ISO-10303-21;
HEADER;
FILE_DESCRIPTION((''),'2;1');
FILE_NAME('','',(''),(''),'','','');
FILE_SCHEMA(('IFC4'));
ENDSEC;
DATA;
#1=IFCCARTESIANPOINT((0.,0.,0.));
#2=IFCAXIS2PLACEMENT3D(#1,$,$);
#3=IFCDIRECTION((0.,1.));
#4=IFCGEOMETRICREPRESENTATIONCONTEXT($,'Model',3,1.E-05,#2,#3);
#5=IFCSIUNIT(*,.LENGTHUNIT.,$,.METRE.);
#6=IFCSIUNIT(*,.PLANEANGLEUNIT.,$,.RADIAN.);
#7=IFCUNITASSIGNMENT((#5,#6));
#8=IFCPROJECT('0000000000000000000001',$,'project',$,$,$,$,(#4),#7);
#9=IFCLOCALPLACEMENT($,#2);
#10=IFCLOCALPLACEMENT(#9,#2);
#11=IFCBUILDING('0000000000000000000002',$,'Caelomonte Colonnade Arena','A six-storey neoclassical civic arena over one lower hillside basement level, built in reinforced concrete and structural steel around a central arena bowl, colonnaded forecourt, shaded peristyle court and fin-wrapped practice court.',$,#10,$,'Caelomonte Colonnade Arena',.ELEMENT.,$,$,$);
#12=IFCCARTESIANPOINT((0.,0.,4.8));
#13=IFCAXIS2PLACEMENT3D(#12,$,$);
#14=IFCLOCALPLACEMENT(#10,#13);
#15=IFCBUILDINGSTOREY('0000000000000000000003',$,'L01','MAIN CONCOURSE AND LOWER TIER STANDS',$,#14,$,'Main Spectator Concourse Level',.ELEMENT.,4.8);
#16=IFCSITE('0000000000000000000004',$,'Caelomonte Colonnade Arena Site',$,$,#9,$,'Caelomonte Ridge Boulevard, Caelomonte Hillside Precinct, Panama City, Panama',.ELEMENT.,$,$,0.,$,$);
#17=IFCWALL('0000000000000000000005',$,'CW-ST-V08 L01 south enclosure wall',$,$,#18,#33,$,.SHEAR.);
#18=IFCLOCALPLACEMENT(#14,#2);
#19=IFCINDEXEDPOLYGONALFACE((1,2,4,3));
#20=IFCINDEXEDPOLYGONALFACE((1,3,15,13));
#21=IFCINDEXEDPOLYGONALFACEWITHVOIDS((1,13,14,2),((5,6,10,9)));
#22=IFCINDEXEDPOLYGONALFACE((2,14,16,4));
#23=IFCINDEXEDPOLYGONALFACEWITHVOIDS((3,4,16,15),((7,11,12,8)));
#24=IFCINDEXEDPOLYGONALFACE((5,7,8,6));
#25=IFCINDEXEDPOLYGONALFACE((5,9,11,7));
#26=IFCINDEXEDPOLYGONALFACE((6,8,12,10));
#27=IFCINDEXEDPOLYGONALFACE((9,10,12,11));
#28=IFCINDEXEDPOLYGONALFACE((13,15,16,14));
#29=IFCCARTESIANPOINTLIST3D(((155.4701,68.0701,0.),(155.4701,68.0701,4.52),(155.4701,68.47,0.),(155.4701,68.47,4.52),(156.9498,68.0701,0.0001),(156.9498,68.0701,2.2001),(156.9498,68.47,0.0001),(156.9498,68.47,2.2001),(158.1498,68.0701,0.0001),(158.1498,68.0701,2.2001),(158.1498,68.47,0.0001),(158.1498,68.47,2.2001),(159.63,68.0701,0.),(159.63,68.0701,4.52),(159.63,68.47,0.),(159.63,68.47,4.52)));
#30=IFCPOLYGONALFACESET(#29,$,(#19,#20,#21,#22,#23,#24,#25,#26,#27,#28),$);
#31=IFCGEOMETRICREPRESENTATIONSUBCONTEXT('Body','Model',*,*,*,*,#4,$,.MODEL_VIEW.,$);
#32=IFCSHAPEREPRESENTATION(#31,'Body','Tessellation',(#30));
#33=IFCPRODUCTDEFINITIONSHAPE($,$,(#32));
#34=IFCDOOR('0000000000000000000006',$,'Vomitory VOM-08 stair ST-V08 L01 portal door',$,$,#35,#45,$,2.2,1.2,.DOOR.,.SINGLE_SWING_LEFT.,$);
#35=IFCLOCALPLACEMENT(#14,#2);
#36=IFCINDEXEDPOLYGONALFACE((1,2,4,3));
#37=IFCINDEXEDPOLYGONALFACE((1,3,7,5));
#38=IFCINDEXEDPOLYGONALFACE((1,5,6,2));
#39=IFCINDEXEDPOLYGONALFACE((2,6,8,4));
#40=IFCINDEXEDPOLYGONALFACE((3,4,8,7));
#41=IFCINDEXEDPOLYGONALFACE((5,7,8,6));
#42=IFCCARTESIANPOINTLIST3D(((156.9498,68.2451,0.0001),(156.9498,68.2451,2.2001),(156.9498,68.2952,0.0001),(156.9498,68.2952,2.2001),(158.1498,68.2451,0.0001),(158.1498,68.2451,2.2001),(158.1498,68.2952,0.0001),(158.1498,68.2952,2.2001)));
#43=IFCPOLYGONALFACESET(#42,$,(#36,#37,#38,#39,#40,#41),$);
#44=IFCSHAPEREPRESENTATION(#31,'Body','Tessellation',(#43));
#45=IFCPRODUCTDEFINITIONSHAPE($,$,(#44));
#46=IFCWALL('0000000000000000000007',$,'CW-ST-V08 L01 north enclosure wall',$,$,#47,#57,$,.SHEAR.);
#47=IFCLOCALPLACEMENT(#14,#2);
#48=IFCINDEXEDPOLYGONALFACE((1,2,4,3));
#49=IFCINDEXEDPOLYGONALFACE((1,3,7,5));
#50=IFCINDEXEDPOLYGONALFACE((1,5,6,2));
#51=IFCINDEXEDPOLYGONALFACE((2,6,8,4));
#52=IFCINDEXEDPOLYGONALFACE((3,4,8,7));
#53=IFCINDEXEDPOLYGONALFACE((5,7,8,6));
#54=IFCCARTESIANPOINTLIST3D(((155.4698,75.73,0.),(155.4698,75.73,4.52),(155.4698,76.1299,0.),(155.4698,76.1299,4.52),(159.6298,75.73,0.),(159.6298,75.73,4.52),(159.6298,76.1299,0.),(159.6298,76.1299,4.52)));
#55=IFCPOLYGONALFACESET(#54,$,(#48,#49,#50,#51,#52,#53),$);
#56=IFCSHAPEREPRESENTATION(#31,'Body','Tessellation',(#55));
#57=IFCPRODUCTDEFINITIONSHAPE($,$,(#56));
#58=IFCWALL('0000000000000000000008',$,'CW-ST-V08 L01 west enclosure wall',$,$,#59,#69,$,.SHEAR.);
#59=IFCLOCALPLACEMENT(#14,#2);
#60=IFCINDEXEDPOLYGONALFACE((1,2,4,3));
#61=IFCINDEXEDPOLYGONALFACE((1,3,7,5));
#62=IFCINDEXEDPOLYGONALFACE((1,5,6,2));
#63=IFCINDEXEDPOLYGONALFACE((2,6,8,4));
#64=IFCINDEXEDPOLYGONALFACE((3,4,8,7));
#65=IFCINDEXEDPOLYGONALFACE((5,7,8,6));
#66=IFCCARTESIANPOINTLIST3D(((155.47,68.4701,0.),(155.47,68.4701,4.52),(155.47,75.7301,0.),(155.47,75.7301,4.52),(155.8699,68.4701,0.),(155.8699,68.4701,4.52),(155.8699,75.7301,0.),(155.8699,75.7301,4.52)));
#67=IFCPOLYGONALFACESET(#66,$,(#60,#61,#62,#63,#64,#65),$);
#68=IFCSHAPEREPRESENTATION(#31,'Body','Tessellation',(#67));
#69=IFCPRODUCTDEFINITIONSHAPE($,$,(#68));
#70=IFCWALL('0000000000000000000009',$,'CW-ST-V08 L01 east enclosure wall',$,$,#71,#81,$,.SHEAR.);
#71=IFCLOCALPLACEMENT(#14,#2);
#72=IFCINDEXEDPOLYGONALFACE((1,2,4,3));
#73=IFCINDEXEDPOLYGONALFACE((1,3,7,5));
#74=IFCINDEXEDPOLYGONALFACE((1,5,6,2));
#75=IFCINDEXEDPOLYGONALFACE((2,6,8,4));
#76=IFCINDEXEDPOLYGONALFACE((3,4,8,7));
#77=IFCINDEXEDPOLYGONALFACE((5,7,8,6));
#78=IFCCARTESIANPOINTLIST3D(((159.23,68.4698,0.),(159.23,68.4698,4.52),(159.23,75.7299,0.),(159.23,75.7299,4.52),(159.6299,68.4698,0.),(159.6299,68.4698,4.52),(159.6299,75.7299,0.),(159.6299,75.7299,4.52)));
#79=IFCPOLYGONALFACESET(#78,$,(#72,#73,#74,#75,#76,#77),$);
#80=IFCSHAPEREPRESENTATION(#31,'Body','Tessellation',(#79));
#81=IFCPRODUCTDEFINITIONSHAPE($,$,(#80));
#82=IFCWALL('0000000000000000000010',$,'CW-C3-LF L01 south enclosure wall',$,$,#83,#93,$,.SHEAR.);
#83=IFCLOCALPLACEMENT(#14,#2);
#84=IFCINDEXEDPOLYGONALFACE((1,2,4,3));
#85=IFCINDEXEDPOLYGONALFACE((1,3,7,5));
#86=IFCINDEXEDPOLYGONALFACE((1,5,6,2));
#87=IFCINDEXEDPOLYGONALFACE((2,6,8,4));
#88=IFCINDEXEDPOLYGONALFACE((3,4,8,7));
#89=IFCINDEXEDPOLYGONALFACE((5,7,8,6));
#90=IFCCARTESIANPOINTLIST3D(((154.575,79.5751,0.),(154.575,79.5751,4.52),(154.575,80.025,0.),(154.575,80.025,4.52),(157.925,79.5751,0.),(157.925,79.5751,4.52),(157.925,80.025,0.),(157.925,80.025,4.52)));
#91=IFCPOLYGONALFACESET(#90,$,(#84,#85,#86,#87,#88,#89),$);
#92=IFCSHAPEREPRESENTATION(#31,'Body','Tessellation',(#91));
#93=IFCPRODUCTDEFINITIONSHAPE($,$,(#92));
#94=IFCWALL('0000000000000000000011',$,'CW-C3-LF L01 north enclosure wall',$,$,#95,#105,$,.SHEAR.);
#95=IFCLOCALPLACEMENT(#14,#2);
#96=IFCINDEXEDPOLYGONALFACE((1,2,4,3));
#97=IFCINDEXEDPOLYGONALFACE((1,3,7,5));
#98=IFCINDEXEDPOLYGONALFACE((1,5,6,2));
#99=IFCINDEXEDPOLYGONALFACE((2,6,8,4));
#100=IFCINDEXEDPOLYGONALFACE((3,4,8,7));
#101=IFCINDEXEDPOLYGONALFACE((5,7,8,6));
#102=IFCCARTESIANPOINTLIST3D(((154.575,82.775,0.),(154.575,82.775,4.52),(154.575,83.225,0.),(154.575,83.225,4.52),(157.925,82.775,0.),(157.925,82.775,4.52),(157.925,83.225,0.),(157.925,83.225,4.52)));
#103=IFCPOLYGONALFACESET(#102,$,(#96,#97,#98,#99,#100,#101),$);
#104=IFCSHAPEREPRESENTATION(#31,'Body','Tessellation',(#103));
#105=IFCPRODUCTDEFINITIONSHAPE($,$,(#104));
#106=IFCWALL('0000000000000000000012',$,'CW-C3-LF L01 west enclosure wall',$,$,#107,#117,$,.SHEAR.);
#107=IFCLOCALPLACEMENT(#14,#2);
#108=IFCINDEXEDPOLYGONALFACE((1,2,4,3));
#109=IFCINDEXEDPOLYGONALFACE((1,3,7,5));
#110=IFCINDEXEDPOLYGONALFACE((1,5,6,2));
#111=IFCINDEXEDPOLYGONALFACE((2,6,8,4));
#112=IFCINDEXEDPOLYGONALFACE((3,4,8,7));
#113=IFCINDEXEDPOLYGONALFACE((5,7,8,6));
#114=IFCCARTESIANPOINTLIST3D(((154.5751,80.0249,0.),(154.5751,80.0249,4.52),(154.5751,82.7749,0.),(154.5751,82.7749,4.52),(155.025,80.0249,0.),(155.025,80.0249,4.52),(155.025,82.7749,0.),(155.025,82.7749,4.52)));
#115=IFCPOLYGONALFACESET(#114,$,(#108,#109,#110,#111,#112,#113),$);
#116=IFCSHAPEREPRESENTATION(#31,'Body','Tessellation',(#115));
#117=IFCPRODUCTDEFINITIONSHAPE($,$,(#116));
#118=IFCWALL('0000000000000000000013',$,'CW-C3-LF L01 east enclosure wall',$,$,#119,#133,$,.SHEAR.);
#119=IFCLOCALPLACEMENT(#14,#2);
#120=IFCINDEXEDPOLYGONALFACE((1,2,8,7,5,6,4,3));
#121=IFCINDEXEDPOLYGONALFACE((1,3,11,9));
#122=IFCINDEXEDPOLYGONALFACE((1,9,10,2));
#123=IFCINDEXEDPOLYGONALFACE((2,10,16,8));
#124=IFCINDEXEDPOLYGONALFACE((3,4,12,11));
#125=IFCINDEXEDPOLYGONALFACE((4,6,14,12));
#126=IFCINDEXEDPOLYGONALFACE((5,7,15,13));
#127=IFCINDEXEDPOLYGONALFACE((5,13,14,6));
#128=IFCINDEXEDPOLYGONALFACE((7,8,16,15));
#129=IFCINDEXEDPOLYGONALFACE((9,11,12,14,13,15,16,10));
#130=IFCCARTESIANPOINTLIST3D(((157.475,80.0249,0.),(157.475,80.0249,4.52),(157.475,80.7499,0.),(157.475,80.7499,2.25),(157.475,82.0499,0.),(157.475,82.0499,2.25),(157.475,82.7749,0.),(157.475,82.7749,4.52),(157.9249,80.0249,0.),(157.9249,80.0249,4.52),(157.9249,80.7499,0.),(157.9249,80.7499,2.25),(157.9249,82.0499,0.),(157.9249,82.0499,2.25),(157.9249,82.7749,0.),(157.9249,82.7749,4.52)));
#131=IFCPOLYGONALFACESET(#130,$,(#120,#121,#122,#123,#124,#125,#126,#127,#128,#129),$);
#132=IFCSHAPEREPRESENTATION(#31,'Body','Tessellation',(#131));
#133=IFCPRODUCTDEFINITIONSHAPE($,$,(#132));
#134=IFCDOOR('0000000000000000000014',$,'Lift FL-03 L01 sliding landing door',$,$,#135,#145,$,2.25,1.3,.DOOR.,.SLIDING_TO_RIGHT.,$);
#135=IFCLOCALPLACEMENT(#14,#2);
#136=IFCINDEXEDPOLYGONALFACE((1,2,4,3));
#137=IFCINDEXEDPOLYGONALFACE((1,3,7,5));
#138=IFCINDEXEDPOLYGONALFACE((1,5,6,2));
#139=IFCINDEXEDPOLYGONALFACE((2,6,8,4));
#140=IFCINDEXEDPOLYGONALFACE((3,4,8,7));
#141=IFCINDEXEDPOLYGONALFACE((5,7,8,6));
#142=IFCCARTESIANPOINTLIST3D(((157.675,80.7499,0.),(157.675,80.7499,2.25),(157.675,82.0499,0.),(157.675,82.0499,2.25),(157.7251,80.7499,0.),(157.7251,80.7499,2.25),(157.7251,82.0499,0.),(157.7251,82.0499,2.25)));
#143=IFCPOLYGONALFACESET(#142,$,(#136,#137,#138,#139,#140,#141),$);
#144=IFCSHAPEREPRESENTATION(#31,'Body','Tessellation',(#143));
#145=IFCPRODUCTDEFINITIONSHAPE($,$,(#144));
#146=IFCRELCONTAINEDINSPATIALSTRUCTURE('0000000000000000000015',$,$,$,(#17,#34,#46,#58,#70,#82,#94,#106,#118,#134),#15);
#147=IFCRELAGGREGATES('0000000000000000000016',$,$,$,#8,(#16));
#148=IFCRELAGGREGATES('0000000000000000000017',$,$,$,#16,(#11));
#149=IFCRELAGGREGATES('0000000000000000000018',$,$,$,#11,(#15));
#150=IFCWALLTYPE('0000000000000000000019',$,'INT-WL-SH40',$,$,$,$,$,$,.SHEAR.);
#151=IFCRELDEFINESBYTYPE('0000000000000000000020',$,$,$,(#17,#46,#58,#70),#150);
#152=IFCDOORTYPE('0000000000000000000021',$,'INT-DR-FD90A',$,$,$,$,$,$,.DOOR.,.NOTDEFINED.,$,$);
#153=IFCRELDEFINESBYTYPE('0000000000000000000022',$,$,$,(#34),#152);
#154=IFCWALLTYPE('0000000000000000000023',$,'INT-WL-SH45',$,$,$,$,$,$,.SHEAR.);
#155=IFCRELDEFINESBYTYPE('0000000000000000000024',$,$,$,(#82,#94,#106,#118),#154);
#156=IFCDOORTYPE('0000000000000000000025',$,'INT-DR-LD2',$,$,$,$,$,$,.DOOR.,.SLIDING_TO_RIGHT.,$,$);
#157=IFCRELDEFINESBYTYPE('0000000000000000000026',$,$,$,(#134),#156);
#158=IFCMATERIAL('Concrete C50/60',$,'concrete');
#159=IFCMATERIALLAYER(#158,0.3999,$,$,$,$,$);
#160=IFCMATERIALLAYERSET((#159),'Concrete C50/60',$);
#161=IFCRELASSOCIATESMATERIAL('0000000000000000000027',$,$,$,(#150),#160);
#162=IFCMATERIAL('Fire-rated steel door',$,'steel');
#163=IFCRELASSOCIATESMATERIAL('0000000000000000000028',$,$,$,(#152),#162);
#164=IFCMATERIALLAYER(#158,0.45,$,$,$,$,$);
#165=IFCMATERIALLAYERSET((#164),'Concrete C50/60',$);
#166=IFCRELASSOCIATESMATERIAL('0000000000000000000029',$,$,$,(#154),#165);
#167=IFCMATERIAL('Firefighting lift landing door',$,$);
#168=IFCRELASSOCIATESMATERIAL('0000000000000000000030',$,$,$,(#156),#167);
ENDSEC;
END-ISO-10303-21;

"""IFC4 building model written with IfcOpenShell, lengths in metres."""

from ifc_helpers import new_model, si_unit, direction, frame, frame_2d, origin, place, context, subcontext, project, spatial, rectangle, extrude, material, layer, layer_set, type_object, element, fill, save


model = new_model("IFC4")

# Units and contexts
model_context = context("Model", 3, precision=1e-05, world=origin(), true_north=direction((0.0, 1.0)))
body_context = subcontext(model_context, "Body", "Model", "MODEL_VIEW")
ifc_project = project(units=[si_unit("LENGTHUNIT", "METRE"), si_unit("PLANEANGLEUNIT", "RADIAN")], contexts=[model_context])

# Site, building, storey
site_placement = place(None, origin())
site = spatial("IfcSite", under=ifc_project, at=site_placement, Name="Caelomonte Colonnade Arena Site", LongName="Caelomonte Ridge Boulevard, Caelomonte Hillside Precinct, Panama City, Panama", CompositionType="ELEMENT", RefElevation=0.0)
building_placement = place(site_placement, origin())
building = spatial("IfcBuilding", under=site, at=building_placement, Name="Caelomonte Colonnade Arena", Description="A six-storey neoclassical civic arena over one lower hillside basement level, built in reinforced concrete and structural steel around a central arena bowl, colonnaded forecourt, shaded peristyle court and fin-wrapped practice court.", LongName="Caelomonte Colonnade Arena", CompositionType="ELEMENT")
storey_placement = place(building_placement, frame((0.0, 0.0, 4.8)))
storey = spatial("IfcBuildingStorey", under=building, at=storey_placement, Name="L01", Description="MAIN CONCOURSE AND LOWER TIER STANDS", LongName="Main Spectator Concourse Level", CompositionType="ELEMENT", Elevation=4.8)

# Shared definitions
ifc_material_1 = material(Name="Concrete C50/60", Category="concrete")

# Wall, opening, door
ifc_layer_1 = layer(ifc_material_1, 0.3999)
ifc_layer_set_1 = layer_set([ifc_layer_1], Name="Concrete C50/60")
wall_type_1 = type_object("IfcWallType", Name="INT-WL-SH40", PredefinedType="SHEAR", material=ifc_layer_set_1)
wall_1_placement = place(storey_placement, frame((155.47, 68.27, 0.0), z_axis=(0.0, 0.0, 1.0), x_axis=(1.0, 0.0, 0.0)))
wall_1 = element("IfcWall", 1, at=wall_1_placement, inside=storey, type_object=wall_type_1, Name="CW-ST-V08 L01 south enclosure wall", PredefinedType="SHEAR", context=body_context, shape_type="SweptSolid", body=[
    extrude(rectangle(XDim=4.1599, YDim=0.3999, at=frame_2d((2.0801, 0.0))), origin(), (0.0, 0.0, 1.0), 4.52),
])
opening_1_placement = place(wall_1_placement, frame((2.6799, 0.0, 0.0), z_axis=(0.0, 0.0, 1.0), x_axis=(-1.0, 0.0, 0.0)))
opening_1 = element("IfcOpeningElement", 2, at=opening_1_placement, cuts=wall_1, PredefinedType="OPENING", context=body_context, shape_type="SweptSolid", body=[
    extrude(rectangle(XDim=1.2, YDim=2.2, at=frame_2d((0.6001, 1.1001))), frame((0.0, 0.21, 0.0), z_axis=(0.0, -1.0, 0.0), x_axis=(1.0, 0.0, 0.0)), (0.0, 0.0, 1.0), 0.4199),
])
ifc_material_2 = material(Name="Fire-rated steel door", Category="steel")
door_type_1 = type_object("IfcDoorType", Name="INT-DR-FD90A", OperationType="NOTDEFINED", PredefinedType="DOOR", material=ifc_material_2)
door_1_placement = place(opening_1_placement, origin())
door_1 = element("IfcDoor", 3, at=door_1_placement, inside=storey, type_object=door_type_1, Name="Vomitory VOM-08 stair ST-V08 L01 portal door", OperationType="SINGLE_SWING_LEFT", OverallHeight=2.2, OverallWidth=1.2, PredefinedType="DOOR", context=body_context, shape_type="SweptSolid", body=[
    extrude(rectangle(XDim=1.2, YDim=2.2, at=frame_2d((0.6001, 1.1001))), frame((0.0, 0.0249, 0.0), z_axis=(0.0, -1.0, 0.0), x_axis=(1.0, 0.0, 0.0)), (0.0, 0.0, 1.0), 0.05),
])
fill(opening_1, door_1)

# Walls
wall_2_placement = place(storey_placement, frame((159.6299, 75.9299, 0.0), z_axis=(0.0, 0.0, 1.0), x_axis=(-1.0, 0.0, 0.0)))
element("IfcWall", 4, at=wall_2_placement, inside=storey, type_object=wall_type_1, Name="CW-ST-V08 L01 north enclosure wall", PredefinedType="SHEAR", context=body_context, shape_type="SweptSolid", body=[
    extrude(rectangle(XDim=4.1599, YDim=0.3999, at=frame_2d((2.0801, 0.0))), origin(), (0.0, 0.0, 1.0), 4.52),
])
for number, where, z_axis, x_axis, name in (
    (5, (155.6699, 75.73, 0.0), (0.0, 0.0, 1.0), (0.0, -1.0, 0.0), "CW-ST-V08 L01 west enclosure wall"),
    (6, (159.4299, 68.47, 0.0), (0.0, 0.0, 1.0), (0.0, 1.0, 0.0), "CW-ST-V08 L01 east enclosure wall"),
):
    element("IfcWall", number, at=place(storey_placement, frame(where, z_axis=z_axis, x_axis=x_axis)), inside=storey, type_object=wall_type_1, Name=name, PredefinedType="SHEAR", context=body_context, shape_type="SweptSolid", body=[
        extrude(rectangle(XDim=7.26, YDim=0.3999, at=frame_2d((3.6299, 0.0))), origin(), (0.0, 0.0, 1.0), 4.52),
    ])
ifc_layer_2 = layer(ifc_material_1, 0.45)
ifc_layer_set_2 = layer_set([ifc_layer_2], Name="Concrete C50/60")
wall_type_2 = type_object("IfcWallType", Name="INT-WL-SH45", PredefinedType="SHEAR", material=ifc_layer_set_2)
for number, where, z_axis, x_axis, name in (
    (7, (154.575, 79.8, 0.0), (0.0, 0.0, 1.0), (1.0, 0.0, 0.0), "CW-C3-LF L01 south enclosure wall"),
    (8, (157.925, 83.0, 0.0), (0.0, 0.0, 1.0), (-1.0, 0.0, 0.0), "CW-C3-LF L01 north enclosure wall"),
):
    element("IfcWall", number, at=place(storey_placement, frame(where, z_axis=z_axis, x_axis=x_axis)), inside=storey, type_object=wall_type_2, Name=name, PredefinedType="SHEAR", context=body_context, shape_type="SweptSolid", body=[
        extrude(rectangle(XDim=3.3501, YDim=0.45, at=frame_2d((1.675, 0.0))), origin(), (0.0, 0.0, 1.0), 4.52),
    ])
wall_3_placement = place(storey_placement, frame((154.8, 82.7749, 0.0), z_axis=(0.0, 0.0, 1.0), x_axis=(0.0, -1.0, 0.0)))
element("IfcWall", 9, at=wall_3_placement, inside=storey, type_object=wall_type_2, Name="CW-C3-LF L01 west enclosure wall", PredefinedType="SHEAR", context=body_context, shape_type="SweptSolid", body=[
    extrude(rectangle(XDim=2.75, YDim=0.45, at=frame_2d((1.375, 0.0))), origin(), (0.0, 0.0, 1.0), 4.52),
])

# Wall, opening, door
wall_4_placement = place(storey_placement, frame((157.7, 80.0249, 0.0), z_axis=(0.0, 0.0, 1.0), x_axis=(0.0, 1.0, 0.0)))
wall_4 = element("IfcWall", 10, at=wall_4_placement, inside=storey, type_object=wall_type_2, Name="CW-C3-LF L01 east enclosure wall", PredefinedType="SHEAR", context=body_context, shape_type="SweptSolid", body=[
    extrude(rectangle(XDim=2.75, YDim=0.45, at=frame_2d((1.375, 0.0))), origin(), (0.0, 0.0, 1.0), 4.52),
])
opening_2_placement = place(wall_4_placement, frame((0.7251, 0.0, 0.0), z_axis=(0.0, 0.0, 1.0), x_axis=(1.0, 0.0, 0.0)))
opening_2 = element("IfcOpeningElement", 11, at=opening_2_placement, cuts=wall_4, PredefinedType="OPENING", context=body_context, shape_type="SweptSolid", body=[
    extrude(rectangle(XDim=1.3, YDim=2.25, at=frame_2d((0.6499, 1.125))), frame((0.0, 0.2349, 0.0), z_axis=(0.0, -1.0, 0.0), x_axis=(1.0, 0.0, 0.0)), (0.0, 0.0, 1.0), 0.47),
])
ifc_material_3 = material(Name="Firefighting lift landing door")
door_type_2 = type_object("IfcDoorType", Name="INT-DR-LD2", OperationType="SLIDING_TO_RIGHT", PredefinedType="DOOR", material=ifc_material_3)
door_2_placement = place(opening_2_placement, origin())
door_2 = element("IfcDoor", 12, at=door_2_placement, inside=storey, type_object=door_type_2, Name="Lift FL-03 L01 sliding landing door", OperationType="SLIDING_TO_RIGHT", OverallHeight=2.25, OverallWidth=1.3, PredefinedType="DOOR", context=body_context, shape_type="SweptSolid", body=[
    extrude(rectangle(XDim=1.3, YDim=2.25, at=frame_2d((0.6499, 1.125))), frame((0.0, 0.0249, 0.0), z_axis=(0.0, -1.0, 0.0), x_axis=(1.0, 0.0, 0.0)), (0.0, 0.0, 1.0), 0.05),
])
fill(opening_2, door_2)

save(model, "model.ifc")
